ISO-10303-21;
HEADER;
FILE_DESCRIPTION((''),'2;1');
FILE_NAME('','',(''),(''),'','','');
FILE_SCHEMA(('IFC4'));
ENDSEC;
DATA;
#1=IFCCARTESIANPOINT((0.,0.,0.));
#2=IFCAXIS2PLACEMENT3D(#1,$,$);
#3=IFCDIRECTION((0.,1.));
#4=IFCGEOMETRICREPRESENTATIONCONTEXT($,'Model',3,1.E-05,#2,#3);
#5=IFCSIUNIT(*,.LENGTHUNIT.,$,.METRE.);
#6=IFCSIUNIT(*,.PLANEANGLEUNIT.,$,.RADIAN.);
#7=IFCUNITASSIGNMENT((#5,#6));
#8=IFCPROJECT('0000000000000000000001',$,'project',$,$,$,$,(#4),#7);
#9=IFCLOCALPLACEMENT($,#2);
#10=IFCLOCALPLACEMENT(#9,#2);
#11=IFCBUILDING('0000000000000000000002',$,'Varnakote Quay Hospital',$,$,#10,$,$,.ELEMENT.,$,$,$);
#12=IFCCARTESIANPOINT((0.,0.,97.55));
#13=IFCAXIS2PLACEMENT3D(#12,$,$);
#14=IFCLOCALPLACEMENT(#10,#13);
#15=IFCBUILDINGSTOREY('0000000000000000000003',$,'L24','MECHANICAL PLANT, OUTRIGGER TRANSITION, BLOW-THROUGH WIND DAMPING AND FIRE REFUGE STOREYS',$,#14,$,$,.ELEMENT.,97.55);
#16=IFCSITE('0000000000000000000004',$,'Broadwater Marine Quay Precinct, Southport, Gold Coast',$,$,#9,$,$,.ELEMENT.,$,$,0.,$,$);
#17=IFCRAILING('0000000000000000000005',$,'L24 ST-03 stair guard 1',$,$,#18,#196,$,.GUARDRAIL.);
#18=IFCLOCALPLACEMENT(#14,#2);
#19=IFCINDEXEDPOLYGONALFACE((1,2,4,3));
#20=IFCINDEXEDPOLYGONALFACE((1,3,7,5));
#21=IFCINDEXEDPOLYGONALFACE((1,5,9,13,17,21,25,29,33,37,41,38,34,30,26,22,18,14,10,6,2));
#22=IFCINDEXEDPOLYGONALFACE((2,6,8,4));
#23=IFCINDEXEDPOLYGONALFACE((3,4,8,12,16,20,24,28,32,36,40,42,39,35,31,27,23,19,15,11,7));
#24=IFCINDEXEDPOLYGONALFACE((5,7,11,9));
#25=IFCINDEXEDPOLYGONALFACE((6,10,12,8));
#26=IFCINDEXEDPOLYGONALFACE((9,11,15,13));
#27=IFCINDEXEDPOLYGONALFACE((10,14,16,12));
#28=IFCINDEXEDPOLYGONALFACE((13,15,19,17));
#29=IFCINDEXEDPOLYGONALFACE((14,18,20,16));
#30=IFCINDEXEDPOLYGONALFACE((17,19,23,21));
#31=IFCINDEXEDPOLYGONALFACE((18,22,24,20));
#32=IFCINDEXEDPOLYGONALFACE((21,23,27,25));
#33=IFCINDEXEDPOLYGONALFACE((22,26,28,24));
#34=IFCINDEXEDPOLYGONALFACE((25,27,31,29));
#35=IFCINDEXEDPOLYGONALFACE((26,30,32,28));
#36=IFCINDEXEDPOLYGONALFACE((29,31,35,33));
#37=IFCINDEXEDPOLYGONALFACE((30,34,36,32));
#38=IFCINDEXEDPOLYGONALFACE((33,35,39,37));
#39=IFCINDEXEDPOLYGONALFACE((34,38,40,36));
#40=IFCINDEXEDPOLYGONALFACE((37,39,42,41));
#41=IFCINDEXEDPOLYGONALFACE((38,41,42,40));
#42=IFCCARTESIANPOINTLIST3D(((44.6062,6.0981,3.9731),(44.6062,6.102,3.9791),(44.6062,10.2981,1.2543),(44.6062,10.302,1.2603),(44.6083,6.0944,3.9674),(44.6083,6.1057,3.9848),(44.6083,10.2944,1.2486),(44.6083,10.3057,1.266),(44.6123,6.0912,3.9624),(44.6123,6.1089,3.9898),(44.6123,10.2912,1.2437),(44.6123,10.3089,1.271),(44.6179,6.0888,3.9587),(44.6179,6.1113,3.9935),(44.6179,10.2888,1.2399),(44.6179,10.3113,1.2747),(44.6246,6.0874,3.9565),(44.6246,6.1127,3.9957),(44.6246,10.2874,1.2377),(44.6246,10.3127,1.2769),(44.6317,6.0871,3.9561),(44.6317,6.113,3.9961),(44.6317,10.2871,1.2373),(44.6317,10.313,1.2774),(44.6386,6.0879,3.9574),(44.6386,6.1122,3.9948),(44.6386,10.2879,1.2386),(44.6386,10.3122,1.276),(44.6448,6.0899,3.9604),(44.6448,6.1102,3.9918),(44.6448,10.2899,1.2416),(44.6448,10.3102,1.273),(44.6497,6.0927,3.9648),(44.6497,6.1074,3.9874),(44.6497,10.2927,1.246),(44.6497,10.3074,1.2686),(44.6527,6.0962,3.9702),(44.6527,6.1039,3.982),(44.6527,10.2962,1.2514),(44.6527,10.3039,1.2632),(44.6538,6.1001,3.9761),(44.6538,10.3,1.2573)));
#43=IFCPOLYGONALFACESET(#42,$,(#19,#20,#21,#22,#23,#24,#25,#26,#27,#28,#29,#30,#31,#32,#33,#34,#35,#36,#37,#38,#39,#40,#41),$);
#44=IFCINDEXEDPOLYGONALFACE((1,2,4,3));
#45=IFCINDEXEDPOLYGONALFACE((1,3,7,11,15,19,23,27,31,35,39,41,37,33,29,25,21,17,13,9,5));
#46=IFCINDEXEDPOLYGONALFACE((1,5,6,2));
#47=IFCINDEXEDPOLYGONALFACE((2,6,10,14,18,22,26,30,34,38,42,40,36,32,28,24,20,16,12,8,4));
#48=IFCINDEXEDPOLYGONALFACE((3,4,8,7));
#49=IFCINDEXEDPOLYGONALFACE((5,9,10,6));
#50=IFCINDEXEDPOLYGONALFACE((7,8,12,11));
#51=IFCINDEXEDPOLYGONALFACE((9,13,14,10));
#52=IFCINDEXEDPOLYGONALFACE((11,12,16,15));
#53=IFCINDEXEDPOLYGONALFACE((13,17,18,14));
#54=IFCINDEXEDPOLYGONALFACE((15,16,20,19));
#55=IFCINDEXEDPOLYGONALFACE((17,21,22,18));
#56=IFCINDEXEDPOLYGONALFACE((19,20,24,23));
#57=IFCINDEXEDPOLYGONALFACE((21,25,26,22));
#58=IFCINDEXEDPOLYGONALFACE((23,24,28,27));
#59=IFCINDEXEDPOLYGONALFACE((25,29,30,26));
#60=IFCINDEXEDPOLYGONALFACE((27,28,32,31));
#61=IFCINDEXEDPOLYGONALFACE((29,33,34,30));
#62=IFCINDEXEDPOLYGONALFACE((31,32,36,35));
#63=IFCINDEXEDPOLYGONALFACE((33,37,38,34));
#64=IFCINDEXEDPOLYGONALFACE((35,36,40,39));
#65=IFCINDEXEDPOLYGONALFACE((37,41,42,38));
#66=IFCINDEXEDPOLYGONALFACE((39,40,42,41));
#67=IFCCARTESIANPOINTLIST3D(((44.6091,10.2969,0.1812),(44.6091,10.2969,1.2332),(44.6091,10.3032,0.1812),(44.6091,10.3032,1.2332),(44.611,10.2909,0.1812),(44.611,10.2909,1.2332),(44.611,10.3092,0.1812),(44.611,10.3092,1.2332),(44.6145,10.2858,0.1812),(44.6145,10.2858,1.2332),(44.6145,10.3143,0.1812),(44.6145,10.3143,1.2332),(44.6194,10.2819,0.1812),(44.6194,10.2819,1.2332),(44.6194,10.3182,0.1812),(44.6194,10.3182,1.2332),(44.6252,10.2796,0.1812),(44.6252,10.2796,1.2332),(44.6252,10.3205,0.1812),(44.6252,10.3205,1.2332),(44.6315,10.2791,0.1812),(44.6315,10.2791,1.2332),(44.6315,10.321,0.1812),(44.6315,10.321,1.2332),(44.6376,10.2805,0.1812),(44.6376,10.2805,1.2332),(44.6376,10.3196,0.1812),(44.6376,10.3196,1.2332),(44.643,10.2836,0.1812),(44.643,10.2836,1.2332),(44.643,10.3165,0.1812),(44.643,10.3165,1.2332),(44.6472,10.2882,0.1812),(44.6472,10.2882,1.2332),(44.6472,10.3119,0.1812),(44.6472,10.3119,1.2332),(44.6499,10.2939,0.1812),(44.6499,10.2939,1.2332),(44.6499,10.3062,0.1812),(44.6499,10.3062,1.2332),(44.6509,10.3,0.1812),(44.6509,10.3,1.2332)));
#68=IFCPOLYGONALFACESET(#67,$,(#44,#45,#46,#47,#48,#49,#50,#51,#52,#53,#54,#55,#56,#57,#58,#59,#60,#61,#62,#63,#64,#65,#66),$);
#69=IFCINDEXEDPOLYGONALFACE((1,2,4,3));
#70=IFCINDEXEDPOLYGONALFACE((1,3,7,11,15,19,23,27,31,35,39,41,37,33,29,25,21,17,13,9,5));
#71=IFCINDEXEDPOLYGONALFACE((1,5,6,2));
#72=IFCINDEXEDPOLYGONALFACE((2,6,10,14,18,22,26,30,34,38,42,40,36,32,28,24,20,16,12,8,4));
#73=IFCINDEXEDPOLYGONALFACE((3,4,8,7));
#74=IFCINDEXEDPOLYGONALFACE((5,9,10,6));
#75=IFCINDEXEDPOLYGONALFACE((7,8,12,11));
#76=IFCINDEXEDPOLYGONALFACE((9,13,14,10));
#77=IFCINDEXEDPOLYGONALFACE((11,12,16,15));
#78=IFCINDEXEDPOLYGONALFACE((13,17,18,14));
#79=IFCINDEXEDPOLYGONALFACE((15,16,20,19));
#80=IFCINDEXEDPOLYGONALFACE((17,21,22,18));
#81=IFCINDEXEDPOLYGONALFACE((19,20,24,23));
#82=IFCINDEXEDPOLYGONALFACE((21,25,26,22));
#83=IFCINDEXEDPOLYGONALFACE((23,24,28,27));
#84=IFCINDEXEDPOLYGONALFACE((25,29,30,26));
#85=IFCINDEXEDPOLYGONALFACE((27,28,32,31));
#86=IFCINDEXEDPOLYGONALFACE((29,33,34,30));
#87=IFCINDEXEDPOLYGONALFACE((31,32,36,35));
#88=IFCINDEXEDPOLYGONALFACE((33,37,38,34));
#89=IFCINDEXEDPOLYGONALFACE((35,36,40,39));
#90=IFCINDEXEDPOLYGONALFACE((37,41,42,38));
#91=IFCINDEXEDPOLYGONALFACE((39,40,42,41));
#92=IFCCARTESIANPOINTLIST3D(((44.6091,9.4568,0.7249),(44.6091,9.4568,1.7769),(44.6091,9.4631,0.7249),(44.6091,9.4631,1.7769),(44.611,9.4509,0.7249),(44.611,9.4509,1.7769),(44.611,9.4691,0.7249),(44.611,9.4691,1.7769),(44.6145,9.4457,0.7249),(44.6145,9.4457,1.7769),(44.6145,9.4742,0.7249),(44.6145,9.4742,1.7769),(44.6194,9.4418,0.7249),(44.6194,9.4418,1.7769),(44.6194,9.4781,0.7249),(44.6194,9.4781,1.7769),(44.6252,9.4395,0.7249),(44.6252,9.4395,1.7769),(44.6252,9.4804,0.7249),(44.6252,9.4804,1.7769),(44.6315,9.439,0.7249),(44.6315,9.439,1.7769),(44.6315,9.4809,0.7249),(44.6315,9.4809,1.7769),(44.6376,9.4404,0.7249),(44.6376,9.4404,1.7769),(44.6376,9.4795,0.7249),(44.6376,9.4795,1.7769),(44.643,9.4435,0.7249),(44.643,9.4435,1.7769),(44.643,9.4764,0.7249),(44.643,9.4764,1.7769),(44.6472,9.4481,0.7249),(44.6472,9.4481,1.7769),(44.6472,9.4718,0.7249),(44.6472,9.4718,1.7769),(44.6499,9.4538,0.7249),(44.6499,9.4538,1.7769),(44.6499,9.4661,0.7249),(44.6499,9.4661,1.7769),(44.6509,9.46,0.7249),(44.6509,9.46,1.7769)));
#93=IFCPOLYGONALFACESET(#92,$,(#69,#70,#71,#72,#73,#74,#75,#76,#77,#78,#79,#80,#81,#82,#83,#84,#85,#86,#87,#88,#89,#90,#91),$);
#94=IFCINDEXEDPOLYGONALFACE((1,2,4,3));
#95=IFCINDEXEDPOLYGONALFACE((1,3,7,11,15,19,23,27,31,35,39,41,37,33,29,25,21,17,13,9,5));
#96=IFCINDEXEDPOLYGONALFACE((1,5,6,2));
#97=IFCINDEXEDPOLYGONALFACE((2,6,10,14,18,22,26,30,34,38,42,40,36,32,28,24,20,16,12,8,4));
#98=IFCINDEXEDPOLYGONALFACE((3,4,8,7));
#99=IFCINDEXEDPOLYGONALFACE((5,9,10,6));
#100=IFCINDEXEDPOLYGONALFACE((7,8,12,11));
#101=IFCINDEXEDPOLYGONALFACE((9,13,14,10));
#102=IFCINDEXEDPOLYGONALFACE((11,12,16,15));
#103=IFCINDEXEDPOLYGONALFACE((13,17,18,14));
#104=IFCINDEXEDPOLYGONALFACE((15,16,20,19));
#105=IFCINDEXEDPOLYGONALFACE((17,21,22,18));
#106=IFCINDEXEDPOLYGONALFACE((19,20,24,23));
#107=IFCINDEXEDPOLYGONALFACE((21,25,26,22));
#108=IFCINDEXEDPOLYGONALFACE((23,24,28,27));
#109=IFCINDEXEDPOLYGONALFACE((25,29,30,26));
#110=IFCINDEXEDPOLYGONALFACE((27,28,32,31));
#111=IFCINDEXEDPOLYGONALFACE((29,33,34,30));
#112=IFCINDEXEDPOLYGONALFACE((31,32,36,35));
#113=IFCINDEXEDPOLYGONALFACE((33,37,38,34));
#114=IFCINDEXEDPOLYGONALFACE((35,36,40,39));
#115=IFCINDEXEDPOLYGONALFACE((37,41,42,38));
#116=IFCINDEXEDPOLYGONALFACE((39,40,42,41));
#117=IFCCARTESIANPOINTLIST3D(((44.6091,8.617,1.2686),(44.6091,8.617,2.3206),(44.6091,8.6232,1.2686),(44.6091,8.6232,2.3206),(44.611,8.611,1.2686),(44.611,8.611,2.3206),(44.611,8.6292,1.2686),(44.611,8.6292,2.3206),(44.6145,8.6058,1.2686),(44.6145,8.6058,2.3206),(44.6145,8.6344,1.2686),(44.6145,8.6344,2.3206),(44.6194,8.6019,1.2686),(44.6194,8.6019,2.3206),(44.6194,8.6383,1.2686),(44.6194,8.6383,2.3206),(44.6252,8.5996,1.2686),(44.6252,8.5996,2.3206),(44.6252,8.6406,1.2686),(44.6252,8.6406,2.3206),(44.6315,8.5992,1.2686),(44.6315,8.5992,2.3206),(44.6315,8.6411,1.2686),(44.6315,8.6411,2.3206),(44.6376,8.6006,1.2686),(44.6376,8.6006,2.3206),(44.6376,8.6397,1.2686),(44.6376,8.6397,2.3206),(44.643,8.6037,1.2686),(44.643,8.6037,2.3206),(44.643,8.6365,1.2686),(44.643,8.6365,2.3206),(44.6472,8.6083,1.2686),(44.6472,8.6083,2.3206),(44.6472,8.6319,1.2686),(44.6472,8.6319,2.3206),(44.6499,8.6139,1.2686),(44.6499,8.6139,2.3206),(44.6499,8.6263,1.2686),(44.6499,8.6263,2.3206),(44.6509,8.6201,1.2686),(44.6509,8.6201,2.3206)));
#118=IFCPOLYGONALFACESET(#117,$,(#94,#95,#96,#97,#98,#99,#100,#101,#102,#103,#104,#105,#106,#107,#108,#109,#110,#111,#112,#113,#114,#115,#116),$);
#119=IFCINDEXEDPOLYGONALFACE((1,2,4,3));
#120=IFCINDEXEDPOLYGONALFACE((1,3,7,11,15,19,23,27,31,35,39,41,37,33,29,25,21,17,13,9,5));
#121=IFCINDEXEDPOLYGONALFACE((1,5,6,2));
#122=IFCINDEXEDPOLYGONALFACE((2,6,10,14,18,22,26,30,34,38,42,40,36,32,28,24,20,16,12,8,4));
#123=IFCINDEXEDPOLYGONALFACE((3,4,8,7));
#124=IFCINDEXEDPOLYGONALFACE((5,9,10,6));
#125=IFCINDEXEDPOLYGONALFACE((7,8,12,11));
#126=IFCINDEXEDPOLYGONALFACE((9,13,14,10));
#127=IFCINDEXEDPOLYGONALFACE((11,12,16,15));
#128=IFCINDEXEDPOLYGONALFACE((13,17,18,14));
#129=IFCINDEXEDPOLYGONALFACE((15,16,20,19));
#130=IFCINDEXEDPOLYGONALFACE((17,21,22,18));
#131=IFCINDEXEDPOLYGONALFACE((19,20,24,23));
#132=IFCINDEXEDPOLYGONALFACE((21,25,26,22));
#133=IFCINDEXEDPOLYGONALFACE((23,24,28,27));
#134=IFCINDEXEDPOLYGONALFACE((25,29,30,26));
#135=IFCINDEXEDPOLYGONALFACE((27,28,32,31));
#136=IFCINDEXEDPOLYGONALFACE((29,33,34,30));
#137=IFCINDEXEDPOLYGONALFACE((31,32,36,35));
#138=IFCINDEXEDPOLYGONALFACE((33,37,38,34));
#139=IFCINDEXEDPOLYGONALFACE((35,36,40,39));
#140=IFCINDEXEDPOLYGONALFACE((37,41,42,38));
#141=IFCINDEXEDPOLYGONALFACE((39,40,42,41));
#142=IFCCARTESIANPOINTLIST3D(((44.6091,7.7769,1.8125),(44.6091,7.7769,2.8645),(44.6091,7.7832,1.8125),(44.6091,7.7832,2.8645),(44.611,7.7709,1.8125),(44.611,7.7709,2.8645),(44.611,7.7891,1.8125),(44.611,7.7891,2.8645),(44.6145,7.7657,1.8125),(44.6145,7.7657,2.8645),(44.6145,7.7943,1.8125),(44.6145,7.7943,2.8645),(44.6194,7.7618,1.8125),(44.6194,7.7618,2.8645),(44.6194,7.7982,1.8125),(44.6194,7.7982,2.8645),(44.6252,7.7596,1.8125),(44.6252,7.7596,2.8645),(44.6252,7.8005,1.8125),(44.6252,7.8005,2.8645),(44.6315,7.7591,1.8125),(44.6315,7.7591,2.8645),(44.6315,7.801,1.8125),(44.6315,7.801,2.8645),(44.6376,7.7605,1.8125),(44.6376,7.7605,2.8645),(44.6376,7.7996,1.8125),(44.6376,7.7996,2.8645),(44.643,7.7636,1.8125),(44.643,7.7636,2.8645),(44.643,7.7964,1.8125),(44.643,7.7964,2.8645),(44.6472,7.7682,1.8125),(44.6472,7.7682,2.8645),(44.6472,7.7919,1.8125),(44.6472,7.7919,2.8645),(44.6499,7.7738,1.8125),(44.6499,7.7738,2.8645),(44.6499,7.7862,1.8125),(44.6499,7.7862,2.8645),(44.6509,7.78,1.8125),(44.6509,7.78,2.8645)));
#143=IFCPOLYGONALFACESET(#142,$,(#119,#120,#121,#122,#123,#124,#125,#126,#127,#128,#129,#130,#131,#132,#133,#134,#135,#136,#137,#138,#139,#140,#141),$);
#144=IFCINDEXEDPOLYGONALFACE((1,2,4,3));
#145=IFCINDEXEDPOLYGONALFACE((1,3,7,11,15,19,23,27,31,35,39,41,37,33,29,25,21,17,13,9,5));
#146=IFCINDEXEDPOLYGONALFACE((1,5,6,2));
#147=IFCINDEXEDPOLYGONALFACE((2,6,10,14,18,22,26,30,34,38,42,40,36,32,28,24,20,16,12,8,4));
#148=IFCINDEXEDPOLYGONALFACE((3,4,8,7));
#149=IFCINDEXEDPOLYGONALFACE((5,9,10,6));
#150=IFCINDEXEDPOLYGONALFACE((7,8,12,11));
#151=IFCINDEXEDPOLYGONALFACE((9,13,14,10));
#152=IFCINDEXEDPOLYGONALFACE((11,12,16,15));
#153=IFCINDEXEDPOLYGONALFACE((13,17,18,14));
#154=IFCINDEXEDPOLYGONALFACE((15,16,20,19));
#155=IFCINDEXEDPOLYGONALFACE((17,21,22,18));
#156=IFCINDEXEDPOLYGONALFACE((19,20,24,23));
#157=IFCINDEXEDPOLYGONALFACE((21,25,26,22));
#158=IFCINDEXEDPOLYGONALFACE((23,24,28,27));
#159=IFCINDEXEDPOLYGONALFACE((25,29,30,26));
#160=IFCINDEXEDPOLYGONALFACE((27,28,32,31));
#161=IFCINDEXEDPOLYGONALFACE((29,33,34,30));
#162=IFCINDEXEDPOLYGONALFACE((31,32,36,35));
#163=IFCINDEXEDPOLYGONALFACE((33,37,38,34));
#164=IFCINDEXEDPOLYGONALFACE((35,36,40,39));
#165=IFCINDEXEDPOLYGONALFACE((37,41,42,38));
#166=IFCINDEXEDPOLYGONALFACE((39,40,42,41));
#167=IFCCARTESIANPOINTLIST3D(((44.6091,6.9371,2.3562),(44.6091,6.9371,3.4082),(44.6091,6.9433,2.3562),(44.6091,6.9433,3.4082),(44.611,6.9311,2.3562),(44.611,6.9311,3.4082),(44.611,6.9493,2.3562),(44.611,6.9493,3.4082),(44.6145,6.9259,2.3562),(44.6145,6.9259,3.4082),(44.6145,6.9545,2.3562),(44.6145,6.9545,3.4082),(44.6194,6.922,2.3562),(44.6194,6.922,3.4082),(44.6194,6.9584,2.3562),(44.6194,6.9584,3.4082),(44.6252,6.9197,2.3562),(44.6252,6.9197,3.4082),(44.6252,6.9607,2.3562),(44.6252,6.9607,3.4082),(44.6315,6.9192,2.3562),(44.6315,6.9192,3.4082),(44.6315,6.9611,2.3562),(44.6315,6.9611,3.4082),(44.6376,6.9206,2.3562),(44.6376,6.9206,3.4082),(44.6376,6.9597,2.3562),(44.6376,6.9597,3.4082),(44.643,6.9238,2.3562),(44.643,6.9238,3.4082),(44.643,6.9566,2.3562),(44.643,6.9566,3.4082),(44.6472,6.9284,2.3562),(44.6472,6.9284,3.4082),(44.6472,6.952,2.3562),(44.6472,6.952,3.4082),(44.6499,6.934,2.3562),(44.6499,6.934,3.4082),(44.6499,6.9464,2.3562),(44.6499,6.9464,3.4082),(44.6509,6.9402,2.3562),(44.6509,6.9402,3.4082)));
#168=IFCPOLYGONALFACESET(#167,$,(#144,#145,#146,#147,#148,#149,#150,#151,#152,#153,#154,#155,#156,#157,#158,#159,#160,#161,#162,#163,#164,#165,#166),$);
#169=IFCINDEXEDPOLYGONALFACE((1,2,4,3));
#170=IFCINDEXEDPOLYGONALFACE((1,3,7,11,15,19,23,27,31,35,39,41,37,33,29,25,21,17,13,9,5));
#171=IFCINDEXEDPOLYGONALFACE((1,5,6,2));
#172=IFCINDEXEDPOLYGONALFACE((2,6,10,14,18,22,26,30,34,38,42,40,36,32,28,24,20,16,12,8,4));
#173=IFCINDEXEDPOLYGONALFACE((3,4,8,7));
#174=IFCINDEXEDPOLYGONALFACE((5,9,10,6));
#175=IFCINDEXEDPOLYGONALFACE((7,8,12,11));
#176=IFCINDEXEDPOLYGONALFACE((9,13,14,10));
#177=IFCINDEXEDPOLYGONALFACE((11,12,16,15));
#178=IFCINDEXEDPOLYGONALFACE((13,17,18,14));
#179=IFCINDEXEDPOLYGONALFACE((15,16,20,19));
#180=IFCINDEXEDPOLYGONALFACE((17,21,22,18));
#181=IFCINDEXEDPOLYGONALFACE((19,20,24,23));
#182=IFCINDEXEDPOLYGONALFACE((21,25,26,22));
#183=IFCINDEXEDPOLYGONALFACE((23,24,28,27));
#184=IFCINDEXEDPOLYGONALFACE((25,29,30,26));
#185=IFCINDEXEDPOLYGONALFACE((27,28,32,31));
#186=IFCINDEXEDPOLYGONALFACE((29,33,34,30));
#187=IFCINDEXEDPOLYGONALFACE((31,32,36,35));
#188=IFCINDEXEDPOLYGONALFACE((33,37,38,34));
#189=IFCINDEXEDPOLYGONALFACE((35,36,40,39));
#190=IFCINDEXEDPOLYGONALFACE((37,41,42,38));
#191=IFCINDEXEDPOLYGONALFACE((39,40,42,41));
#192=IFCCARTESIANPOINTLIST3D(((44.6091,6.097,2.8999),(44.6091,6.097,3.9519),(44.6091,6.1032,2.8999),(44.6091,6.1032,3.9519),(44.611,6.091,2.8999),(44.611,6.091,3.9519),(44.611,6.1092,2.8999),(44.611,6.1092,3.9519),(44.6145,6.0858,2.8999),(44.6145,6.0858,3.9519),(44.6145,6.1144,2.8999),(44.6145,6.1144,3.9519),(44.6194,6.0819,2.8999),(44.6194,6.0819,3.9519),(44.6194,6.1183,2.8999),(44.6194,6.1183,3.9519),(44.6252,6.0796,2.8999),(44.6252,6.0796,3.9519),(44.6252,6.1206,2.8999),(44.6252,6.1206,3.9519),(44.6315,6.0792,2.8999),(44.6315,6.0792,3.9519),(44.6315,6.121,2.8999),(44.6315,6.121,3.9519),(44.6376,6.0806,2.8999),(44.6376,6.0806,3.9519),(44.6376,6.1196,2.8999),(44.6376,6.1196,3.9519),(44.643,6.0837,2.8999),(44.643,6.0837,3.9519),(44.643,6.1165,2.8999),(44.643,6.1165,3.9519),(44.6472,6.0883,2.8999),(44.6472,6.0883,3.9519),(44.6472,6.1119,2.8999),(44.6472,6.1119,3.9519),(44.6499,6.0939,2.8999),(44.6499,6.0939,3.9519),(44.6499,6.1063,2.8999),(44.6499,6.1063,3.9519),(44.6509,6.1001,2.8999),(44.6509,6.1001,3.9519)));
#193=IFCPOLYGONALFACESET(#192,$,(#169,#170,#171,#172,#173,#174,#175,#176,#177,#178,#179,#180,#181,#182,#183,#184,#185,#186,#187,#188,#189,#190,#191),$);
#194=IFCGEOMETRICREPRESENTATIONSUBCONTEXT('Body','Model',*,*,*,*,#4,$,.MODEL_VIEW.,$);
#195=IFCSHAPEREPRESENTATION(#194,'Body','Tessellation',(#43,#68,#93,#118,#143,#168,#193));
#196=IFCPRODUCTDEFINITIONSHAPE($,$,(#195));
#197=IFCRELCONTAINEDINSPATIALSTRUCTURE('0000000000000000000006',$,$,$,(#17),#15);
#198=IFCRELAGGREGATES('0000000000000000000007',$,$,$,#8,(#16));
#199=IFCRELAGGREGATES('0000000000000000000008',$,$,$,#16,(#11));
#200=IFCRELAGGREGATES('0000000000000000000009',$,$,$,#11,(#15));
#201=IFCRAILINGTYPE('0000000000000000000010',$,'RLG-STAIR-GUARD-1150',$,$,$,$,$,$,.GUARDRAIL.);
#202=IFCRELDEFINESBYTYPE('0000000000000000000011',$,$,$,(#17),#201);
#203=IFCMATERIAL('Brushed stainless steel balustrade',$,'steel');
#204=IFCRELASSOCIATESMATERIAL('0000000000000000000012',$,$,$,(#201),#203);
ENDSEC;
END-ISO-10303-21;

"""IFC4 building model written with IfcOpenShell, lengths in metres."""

from ifc_helpers import new_model, si_unit, direction, frame, origin, origin_2d, place, context, subcontext, project, spatial, circle, extrude, material, type_object, element, save


model = new_model("IFC4")

# Units and contexts
model_context = context("Model", 3, precision=1e-05, world=origin(), true_north=direction((0.0, 1.0)))
body_context = subcontext(model_context, "Body", "Model", "MODEL_VIEW")
ifc_project = project(units=[si_unit("LENGTHUNIT", "METRE"), si_unit("PLANEANGLEUNIT", "RADIAN")], contexts=[model_context])

# Site, building, storey
site_placement = place(None, origin())
site = spatial("IfcSite", under=ifc_project, at=site_placement, Name="Broadwater Marine Quay Precinct, Southport, Gold Coast", CompositionType="ELEMENT", RefElevation=0.0)
building_placement = place(site_placement, origin())
building = spatial("IfcBuilding", under=site, at=building_placement, Name="Varnakote Quay Hospital", CompositionType="ELEMENT")
storey_placement = place(building_placement, frame((0.0, 0.0, 97.55)))
storey = spatial("IfcBuildingStorey", under=building, at=storey_placement, Name="L24", Description="MECHANICAL PLANT, OUTRIGGER TRANSITION, BLOW-THROUGH WIND DAMPING AND FIRE REFUGE STOREYS", CompositionType="ELEMENT", Elevation=97.55)

# Railing
ifc_material_1 = material(Name="Brushed stainless steel balustrade", Category="steel")
railing_type_1 = type_object("IfcRailingType", Name="RLG-STAIR-GUARD-1150", PredefinedType="GUARDRAIL", material=ifc_material_1)
railing_1_placement = place(storey_placement, frame((44.6299, 10.3, 0.1812)))
element("IfcRailing", 1, at=railing_1_placement, inside=storey, type_object=railing_type_1, Name="L24 ST-03 stair guard 1", PredefinedType="GUARDRAIL", context=body_context, shape_type="SweptSolid", body=[
    extrude(circle(Radius=0.0239, at=origin_2d()), frame((0.0, 0.0, 1.0762), z_axis=(0.0, -0.839467, 0.543411), x_axis=(1.0, 0.0, 0.0)), (0.0, 0.0, 1.0), 5.0032),
    extrude(circle(Radius=0.021, at=origin_2d()), origin(), (0.0, 0.0, 1.0), 1.052),
    extrude(circle(Radius=0.021, at=origin_2d()), frame((0.0, -0.8401, 0.5437)), (0.0, 0.0, 1.0), 1.052),
    extrude(circle(Radius=0.021, at=origin_2d()), frame((0.0, -1.6799, 1.0874)), (0.0, 0.0, 1.0), 1.052),
    extrude(circle(Radius=0.021, at=origin_2d()), frame((0.0, -2.52, 1.6313)), (0.0, 0.0, 1.0), 1.052),
    extrude(circle(Radius=0.021, at=origin_2d()), frame((0.0, -3.3599, 2.175)), (0.0, 0.0, 1.0), 1.052),
    extrude(circle(Radius=0.021, at=origin_2d()), frame((0.0, -4.2, 2.7188)), (0.0, 0.0, 1.0), 1.052),
])

save(model, "model.ifc")
